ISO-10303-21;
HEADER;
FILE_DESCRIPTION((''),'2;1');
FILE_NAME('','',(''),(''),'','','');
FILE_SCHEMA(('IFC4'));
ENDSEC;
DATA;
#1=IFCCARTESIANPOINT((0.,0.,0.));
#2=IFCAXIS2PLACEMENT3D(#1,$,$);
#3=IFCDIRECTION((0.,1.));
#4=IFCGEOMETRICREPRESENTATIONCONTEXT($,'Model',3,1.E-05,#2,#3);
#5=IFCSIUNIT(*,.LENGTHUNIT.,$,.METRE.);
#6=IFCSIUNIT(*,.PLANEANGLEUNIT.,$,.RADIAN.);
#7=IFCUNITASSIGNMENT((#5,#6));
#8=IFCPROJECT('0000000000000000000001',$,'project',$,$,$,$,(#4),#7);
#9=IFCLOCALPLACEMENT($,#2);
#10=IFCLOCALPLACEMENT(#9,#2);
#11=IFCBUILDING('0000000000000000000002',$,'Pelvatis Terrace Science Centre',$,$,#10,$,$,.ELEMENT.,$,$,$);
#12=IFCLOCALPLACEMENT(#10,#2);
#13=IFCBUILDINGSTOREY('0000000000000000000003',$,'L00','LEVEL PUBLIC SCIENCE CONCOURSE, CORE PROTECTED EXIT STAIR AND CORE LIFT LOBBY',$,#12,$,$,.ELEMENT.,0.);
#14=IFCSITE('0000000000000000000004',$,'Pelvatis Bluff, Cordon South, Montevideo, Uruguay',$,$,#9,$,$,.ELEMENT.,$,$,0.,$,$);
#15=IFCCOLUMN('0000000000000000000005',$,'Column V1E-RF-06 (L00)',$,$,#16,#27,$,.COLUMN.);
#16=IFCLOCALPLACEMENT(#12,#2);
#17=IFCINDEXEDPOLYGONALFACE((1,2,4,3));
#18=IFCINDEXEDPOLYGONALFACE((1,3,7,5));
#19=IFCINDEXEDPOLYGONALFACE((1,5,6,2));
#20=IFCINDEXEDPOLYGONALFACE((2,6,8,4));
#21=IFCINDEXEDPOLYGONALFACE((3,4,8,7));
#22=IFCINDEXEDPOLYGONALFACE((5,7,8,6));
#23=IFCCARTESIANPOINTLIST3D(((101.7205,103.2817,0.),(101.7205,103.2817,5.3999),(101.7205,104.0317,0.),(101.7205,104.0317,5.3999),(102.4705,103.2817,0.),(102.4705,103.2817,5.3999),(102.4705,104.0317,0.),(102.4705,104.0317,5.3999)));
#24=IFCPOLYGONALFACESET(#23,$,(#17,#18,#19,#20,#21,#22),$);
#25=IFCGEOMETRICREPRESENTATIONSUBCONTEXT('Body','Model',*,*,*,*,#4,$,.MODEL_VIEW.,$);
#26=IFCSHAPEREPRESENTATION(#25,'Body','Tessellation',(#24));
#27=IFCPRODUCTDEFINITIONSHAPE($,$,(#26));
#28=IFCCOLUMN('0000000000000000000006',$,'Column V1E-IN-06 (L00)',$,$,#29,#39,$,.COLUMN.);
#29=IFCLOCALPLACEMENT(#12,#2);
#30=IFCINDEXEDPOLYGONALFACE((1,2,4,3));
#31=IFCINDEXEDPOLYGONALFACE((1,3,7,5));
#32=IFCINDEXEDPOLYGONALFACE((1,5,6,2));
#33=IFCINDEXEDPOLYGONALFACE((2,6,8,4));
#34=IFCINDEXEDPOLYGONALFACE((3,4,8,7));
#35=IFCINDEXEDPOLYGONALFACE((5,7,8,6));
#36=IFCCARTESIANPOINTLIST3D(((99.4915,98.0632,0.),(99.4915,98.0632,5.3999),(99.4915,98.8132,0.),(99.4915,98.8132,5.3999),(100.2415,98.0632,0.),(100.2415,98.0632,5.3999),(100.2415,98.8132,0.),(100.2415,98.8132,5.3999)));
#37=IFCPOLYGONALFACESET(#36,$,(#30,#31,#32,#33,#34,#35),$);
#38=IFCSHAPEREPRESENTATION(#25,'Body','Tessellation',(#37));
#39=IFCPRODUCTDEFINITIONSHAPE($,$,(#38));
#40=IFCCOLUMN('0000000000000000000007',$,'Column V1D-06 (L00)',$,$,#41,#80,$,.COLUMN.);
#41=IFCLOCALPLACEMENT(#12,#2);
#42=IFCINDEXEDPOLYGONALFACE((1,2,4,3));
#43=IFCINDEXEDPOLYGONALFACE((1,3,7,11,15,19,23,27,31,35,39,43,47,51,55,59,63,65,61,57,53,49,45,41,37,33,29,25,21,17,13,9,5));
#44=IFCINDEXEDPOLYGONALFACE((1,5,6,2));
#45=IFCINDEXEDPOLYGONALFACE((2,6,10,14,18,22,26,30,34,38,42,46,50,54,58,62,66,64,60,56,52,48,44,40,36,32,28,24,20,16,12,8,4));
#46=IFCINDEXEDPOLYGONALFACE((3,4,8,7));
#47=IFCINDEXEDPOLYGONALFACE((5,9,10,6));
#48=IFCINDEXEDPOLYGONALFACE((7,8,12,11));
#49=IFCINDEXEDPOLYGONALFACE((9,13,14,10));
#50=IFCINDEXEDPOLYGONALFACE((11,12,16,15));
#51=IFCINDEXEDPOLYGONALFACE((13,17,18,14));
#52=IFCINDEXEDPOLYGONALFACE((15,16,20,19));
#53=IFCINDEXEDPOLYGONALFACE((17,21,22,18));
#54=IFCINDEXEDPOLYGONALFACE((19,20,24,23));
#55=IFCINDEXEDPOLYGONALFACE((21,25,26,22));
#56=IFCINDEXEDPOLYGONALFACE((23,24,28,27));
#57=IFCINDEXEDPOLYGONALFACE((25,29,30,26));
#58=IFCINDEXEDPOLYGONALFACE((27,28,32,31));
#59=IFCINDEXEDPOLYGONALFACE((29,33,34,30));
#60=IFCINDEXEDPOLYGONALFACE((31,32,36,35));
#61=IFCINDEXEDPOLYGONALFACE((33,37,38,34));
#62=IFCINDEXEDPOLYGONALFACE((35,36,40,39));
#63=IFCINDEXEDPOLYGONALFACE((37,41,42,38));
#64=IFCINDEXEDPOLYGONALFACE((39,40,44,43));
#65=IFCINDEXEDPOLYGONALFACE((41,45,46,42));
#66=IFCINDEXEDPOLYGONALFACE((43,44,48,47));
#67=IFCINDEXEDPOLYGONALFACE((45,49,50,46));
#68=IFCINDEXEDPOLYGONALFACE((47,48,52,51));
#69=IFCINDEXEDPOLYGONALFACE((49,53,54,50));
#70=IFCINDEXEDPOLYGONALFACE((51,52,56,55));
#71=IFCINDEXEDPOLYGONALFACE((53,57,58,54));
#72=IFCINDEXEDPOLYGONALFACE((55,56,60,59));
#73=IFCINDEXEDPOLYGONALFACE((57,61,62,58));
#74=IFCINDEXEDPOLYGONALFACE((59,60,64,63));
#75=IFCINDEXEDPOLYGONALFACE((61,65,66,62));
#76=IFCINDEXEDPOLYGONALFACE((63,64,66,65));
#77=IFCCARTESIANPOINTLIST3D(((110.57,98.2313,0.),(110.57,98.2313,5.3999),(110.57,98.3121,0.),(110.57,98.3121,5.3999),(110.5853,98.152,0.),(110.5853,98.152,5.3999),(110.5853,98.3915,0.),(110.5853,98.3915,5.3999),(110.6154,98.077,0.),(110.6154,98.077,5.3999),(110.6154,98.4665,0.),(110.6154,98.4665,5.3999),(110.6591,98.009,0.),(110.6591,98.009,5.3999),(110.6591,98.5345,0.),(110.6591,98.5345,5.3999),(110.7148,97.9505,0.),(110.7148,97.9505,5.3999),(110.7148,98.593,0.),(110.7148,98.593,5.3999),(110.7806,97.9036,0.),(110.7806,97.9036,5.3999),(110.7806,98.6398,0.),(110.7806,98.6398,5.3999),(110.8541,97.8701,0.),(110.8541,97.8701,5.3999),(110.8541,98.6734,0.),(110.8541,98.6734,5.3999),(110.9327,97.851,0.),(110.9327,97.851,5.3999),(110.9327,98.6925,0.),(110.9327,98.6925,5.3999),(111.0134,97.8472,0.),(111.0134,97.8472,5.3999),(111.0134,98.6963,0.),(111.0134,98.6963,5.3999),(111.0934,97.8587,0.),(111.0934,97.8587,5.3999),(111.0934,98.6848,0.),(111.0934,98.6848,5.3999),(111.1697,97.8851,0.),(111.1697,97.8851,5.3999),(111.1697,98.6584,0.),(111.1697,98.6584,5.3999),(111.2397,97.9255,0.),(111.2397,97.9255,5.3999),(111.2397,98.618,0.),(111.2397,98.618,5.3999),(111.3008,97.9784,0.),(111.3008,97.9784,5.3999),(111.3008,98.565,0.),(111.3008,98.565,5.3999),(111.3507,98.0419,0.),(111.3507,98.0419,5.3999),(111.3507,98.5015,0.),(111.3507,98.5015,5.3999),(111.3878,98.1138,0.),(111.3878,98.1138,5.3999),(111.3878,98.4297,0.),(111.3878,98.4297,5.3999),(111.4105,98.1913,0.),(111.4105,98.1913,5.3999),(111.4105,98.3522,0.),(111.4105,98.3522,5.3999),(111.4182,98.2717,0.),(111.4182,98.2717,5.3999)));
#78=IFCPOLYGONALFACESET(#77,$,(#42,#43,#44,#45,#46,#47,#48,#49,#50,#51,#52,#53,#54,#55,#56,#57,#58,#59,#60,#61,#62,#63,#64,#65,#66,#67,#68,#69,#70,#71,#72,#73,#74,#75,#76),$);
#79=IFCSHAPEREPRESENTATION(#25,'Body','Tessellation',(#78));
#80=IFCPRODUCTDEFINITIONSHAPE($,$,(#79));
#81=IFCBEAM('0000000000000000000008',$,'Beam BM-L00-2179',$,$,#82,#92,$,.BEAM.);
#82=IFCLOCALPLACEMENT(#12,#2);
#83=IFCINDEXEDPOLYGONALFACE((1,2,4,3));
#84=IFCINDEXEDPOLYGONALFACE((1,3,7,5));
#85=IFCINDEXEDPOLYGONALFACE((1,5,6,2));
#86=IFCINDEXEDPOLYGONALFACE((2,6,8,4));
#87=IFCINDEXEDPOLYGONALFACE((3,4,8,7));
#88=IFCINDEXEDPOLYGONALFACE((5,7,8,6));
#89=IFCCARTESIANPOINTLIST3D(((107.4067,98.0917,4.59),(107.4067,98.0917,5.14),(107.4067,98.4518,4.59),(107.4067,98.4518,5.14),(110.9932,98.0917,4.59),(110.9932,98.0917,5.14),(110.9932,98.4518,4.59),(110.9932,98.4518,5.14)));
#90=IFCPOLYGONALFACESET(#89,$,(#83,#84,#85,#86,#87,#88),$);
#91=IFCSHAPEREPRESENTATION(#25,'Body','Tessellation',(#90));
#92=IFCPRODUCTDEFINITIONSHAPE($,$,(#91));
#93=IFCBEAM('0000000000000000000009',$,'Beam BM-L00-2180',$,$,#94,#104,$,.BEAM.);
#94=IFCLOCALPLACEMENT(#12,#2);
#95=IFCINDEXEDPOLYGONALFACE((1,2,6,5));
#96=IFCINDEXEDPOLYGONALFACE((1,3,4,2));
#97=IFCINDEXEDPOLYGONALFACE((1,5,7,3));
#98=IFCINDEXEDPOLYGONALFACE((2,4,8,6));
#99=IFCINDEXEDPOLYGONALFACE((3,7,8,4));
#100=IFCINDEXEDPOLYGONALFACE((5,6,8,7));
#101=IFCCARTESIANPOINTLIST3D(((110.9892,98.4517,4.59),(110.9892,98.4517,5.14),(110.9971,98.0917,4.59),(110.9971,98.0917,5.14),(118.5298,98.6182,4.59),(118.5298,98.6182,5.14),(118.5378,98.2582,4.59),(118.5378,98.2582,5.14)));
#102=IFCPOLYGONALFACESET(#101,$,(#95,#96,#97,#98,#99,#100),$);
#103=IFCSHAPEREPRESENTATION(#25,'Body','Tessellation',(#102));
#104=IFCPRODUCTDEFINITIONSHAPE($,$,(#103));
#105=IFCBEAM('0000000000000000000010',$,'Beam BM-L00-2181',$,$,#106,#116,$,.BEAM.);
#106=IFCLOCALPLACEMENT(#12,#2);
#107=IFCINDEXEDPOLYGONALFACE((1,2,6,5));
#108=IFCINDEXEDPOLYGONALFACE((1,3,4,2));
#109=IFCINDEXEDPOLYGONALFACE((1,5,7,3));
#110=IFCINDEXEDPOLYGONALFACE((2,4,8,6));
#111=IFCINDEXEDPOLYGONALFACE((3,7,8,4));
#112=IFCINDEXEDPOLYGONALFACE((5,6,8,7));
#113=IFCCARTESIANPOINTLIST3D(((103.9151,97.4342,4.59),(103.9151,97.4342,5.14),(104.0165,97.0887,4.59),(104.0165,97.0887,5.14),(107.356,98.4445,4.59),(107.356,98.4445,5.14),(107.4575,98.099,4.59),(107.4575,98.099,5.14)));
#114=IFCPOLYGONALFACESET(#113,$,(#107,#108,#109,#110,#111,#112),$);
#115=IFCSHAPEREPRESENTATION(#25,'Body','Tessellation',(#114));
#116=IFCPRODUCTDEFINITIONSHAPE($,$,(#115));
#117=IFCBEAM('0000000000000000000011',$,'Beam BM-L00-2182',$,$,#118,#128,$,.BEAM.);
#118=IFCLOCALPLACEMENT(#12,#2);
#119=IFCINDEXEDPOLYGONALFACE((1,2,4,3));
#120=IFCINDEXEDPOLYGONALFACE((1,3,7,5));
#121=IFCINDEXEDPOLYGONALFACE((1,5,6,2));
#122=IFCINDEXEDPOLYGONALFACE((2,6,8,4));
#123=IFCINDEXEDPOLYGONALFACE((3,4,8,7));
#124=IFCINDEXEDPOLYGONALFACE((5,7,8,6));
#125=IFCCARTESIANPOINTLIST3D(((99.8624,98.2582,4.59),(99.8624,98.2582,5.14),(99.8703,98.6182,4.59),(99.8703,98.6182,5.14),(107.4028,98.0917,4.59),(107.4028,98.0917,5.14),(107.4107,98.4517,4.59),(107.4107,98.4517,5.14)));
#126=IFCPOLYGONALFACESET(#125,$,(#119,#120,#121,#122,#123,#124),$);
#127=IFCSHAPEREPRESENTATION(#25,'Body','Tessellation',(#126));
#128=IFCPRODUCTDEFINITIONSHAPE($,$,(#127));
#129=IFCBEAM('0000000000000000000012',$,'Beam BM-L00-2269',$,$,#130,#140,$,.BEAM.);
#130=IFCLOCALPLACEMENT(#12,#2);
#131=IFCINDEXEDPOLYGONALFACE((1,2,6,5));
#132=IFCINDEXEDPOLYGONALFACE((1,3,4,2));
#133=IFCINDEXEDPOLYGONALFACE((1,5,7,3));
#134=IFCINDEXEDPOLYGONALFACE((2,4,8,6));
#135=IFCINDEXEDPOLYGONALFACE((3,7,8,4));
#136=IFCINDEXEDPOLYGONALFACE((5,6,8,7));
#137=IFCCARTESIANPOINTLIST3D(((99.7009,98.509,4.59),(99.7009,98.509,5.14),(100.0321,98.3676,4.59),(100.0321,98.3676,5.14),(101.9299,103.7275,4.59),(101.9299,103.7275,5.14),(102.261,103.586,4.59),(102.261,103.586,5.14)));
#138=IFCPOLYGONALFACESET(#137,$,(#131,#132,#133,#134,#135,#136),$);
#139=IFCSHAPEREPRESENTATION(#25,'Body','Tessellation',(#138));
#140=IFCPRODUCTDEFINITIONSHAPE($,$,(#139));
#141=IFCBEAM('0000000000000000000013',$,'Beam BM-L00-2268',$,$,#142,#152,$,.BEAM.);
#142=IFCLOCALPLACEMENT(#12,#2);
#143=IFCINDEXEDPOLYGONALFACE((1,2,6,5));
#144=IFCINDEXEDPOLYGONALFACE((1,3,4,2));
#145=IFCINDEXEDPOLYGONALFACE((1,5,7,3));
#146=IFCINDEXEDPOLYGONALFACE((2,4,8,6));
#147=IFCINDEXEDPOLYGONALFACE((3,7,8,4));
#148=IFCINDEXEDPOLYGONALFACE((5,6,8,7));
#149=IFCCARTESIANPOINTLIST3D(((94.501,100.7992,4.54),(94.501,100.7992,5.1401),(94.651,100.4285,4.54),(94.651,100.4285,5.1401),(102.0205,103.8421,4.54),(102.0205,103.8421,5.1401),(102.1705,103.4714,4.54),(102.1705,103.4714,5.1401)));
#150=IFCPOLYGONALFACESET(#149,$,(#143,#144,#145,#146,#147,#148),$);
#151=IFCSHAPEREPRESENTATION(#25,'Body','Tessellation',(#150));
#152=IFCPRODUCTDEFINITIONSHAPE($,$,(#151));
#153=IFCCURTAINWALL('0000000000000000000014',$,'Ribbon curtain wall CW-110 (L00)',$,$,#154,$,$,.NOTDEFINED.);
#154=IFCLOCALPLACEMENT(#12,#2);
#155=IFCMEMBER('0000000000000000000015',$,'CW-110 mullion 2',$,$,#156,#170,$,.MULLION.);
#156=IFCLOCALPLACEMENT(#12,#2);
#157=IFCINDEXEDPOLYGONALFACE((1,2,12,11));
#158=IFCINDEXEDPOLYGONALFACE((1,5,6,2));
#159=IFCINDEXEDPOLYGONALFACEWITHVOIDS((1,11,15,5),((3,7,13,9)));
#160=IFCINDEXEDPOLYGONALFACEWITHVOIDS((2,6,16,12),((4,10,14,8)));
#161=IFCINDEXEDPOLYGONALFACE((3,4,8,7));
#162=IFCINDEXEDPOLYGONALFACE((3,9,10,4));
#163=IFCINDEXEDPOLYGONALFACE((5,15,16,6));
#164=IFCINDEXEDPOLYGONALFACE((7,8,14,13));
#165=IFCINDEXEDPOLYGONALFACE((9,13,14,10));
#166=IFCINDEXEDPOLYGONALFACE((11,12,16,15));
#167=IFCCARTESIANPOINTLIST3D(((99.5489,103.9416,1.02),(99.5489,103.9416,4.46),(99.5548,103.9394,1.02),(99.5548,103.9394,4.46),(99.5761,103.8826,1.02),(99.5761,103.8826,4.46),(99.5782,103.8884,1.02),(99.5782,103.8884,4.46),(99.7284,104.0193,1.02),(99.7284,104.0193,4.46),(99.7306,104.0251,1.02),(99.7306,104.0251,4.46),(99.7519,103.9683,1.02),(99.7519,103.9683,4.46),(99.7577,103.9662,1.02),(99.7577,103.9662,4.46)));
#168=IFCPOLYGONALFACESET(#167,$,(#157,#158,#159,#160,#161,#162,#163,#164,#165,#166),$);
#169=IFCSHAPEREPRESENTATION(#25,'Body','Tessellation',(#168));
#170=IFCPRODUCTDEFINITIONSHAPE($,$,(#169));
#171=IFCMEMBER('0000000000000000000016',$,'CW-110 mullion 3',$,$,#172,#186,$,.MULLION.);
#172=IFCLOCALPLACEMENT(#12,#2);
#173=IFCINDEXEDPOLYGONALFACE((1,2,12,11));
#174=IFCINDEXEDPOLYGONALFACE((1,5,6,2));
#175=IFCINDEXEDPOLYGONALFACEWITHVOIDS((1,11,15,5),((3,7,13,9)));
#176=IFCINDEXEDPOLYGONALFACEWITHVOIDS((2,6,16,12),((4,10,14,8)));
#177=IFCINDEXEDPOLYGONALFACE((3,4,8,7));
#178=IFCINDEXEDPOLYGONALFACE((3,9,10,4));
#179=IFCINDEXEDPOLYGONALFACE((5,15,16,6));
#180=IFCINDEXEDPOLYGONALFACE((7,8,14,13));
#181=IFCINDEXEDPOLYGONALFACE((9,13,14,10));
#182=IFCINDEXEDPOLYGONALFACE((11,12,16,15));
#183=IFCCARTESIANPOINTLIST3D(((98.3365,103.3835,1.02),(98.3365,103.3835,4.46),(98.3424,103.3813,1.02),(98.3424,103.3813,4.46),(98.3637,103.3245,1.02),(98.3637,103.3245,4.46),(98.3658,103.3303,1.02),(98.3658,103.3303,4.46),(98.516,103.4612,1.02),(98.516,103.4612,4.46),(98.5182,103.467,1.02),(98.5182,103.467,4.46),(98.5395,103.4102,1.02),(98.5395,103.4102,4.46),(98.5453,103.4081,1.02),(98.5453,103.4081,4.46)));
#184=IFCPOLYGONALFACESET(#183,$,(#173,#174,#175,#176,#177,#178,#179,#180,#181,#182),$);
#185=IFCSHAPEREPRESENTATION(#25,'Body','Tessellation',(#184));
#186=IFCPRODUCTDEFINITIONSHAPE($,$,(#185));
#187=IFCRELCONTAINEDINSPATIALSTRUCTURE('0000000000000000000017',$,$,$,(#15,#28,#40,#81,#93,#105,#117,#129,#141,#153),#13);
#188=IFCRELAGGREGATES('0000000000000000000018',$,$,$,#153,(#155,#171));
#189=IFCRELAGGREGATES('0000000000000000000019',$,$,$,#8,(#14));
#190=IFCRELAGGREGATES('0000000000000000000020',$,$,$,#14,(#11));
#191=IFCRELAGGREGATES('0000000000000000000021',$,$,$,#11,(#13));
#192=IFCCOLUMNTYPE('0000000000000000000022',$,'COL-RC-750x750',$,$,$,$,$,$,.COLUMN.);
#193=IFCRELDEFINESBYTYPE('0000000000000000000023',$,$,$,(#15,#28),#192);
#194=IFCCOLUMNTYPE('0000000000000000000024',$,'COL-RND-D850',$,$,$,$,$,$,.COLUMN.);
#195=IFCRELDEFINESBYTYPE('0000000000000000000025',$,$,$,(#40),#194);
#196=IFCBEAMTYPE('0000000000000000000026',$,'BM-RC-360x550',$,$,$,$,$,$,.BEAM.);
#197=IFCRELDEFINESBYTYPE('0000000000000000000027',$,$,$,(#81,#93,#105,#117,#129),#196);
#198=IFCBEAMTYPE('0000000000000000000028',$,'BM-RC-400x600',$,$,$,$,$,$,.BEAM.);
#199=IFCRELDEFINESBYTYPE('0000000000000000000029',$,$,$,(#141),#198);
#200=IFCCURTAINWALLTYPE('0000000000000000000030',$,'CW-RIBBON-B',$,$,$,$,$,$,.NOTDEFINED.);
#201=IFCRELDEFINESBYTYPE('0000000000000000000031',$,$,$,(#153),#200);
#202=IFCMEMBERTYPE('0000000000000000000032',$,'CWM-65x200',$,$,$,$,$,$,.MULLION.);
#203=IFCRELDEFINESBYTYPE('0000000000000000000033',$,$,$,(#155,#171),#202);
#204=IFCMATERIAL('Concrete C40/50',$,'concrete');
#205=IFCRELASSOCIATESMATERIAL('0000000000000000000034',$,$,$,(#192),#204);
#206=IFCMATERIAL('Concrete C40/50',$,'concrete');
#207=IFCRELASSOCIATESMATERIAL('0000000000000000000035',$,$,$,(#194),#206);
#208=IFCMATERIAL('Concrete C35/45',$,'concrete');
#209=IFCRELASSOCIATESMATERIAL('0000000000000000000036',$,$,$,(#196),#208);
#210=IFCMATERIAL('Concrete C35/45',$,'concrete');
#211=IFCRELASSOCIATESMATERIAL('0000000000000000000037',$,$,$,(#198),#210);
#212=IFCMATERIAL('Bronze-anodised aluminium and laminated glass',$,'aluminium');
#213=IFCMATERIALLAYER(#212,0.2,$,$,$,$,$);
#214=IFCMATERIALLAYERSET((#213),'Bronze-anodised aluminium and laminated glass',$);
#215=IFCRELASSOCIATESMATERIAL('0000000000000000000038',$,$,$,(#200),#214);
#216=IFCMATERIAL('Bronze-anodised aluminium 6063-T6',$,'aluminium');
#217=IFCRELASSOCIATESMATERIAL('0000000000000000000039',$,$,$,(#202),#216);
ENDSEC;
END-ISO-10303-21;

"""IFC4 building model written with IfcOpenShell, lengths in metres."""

from ifc_helpers import new_model, si_unit, direction, frame, origin, origin_2d, place, context, subcontext, project, spatial, rectangle, hollow_rectangle, circle, extrude, material, layer, layer_set, material_profile, profile_set, type_object, element, aggregate, save


model = new_model("IFC4")

# Units and contexts
model_context = context("Model", 3, precision=1e-05, world=origin(), true_north=direction((0.0, 1.0)))
body_context = subcontext(model_context, "Body", "Model", "MODEL_VIEW")
ifc_project = project(units=[si_unit("LENGTHUNIT", "METRE"), si_unit("PLANEANGLEUNIT", "RADIAN")], contexts=[model_context])

# Site, building, storey
site_placement = place(None, origin())
site = spatial("IfcSite", under=ifc_project, at=site_placement, Name="Pelvatis Bluff, Cordon South, Montevideo, Uruguay", CompositionType="ELEMENT", RefElevation=0.0)
building_placement = place(site_placement, origin())
building = spatial("IfcBuilding", under=site, at=building_placement, Name="Pelvatis Terrace Science Centre", CompositionType="ELEMENT")
storey_placement = place(building_placement, origin())
storey = spatial("IfcBuildingStorey", under=building, at=storey_placement, Name="L00", Description="LEVEL PUBLIC SCIENCE CONCOURSE, CORE PROTECTED EXIT STAIR AND CORE LIFT LOBBY", CompositionType="ELEMENT", Elevation=0.0)

# Columns
ifc_material_1 = material(Name="Concrete C40/50", Category="concrete")
ifc_material_profile_1 = material_profile(ifc_material_1, rectangle(XDim=0.75, YDim=0.75, at=origin_2d()), Name="RC-COL 750x750")
ifc_profile_set_1 = profile_set([ifc_material_profile_1], Name="Concrete C40/50")
column_type_1 = type_object("IfcColumnType", Name="COL-RC-750x750", PredefinedType="COLUMN", material=ifc_profile_set_1)
for number, where, z_axis, x_axis, name in (
    (1, (102.0955, 103.6567, 0.0), (0.0, 0.0, 1.0), (1.0, 0.0, 0.0), "Column V1E-RF-06 (L00)"),
    (2, (99.8665, 98.4382, 0.0), (0.0, 0.0, 1.0), (1.0, 0.0, 0.0), "Column V1E-IN-06 (L00)"),
):
    element("IfcColumn", number, at=place(storey_placement, frame(where, z_axis=z_axis, x_axis=x_axis)), inside=storey, type_object=column_type_1, Name=name, PredefinedType="COLUMN", context=body_context, shape_type="SweptSolid", body=[
        extrude(rectangle(XDim=0.75, YDim=0.75, at=origin_2d()), origin(), (0.0, 0.0, 1.0), 5.3999),
    ])
ifc_material_2 = material(Name="Concrete C40/50", Category="concrete")
ifc_material_profile_2 = material_profile(ifc_material_2, circle(Radius=0.425, at=origin_2d()), Name="RC-RCOL D850")
ifc_profile_set_2 = profile_set([ifc_material_profile_2], Name="Concrete C40/50")
column_type_2 = type_object("IfcColumnType", Name="COL-RND-D850", PredefinedType="COLUMN", material=ifc_profile_set_2)
column_placement = place(storey_placement, frame((110.9932, 98.2717, 0.0), z_axis=(0.0, 0.0, 1.0), x_axis=(1.0, 0.0, 0.0)))
element("IfcColumn", 3, at=column_placement, inside=storey, type_object=column_type_2, Name="Column V1D-06 (L00)", PredefinedType="COLUMN", context=body_context, shape_type="SweptSolid", body=[
    extrude(circle(Radius=0.425, at=origin_2d()), origin(), (0.0, 0.0, 1.0), 5.3999),
])

# Beams
ifc_material_3 = material(Name="Concrete C35/45", Category="concrete")
ifc_material_profile_3 = material_profile(ifc_material_3, rectangle(XDim=0.3601, YDim=0.55, at=origin_2d()), Name="RC-BM 360x550")
ifc_profile_set_3 = profile_set([ifc_material_profile_3], Name="Concrete C35/45")
beam_type_1 = type_object("IfcBeamType", Name="BM-RC-360x550", PredefinedType="BEAM", material=ifc_profile_set_3)
beam_1_placement = place(storey_placement, frame((110.9932, 98.2717, 4.865), z_axis=(-1.0, 0.0, 0.0), x_axis=(0.0, -1.0, 0.0)))
element("IfcBeam", 4, at=beam_1_placement, inside=storey, type_object=beam_type_1, Name="Beam BM-L00-2179", PredefinedType="BEAM", context=body_context, shape_type="SweptSolid", body=[
    extrude(rectangle(XDim=0.3601, YDim=0.55, at=origin_2d()), origin(), (0.0, 0.0, 1.0), 3.5864),
])
beam_2_placement = place(storey_placement, frame((110.9932, 98.2717, 4.865), z_axis=(0.999756, 0.022076, 0.0), x_axis=(-0.022076, 0.999756, 0.0)))
element("IfcBeam", 5, at=beam_2_placement, inside=storey, type_object=beam_type_1, Name="Beam BM-L00-2180", PredefinedType="BEAM", context=body_context, shape_type="SweptSolid", body=[
    extrude(rectangle(XDim=0.3601, YDim=0.55, at=origin_2d()), origin(), (0.0, 0.0, 1.0), 7.5425),
])
beam_3_placement = place(storey_placement, frame((107.4067, 98.2717, 4.865), z_axis=(-0.9595, -0.281709, 0.0), x_axis=(0.281709, -0.9595, 0.0)))
element("IfcBeam", 6, at=beam_3_placement, inside=storey, type_object=beam_type_1, Name="Beam BM-L00-2181", PredefinedType="BEAM", context=body_context, shape_type="SweptSolid", body=[
    extrude(rectangle(XDim=0.3601, YDim=0.55, at=origin_2d()), origin(), (0.0, 0.0, 1.0), 3.5862),
])
beam_4_placement = place(storey_placement, frame((107.4067, 98.2717, 4.865), z_axis=(-0.999756, 0.022077, 0.0), x_axis=(-0.022077, -0.999756, 0.0)))
element("IfcBeam", 7, at=beam_4_placement, inside=storey, type_object=beam_type_1, Name="Beam BM-L00-2182", PredefinedType="BEAM", context=body_context, shape_type="SweptSolid", body=[
    extrude(rectangle(XDim=0.3601, YDim=0.55, at=origin_2d()), origin(), (0.0, 0.0, 1.0), 7.5422),
])
beam_5_placement = place(storey_placement, frame((102.0955, 103.6567, 4.865), z_axis=(-0.392803, -0.919623, 0.0), x_axis=(0.919623, -0.392803, 0.0)))
element("IfcBeam", 8, at=beam_5_placement, inside=storey, type_object=beam_type_1, Name="Beam BM-L00-2269", PredefinedType="BEAM", context=body_context, shape_type="SweptSolid", body=[
    extrude(rectangle(XDim=0.3601, YDim=0.55, at=origin_2d()), origin(), (0.0, 0.0, 1.0), 5.6746),
])
ifc_material_4 = material(Name="Concrete C35/45", Category="concrete")
ifc_material_profile_4 = material_profile(ifc_material_4, rectangle(XDim=0.3999, YDim=0.6001, at=origin_2d()), Name="RC-BM 400x600")
ifc_profile_set_4 = profile_set([ifc_material_profile_4], Name="Concrete C35/45")
beam_type_2 = type_object("IfcBeamType", Name="BM-RC-400x600", PredefinedType="BEAM", material=ifc_profile_set_4)
beam_6_placement = place(storey_placement, frame((102.0955, 103.6567, 4.8401), z_axis=(-0.926975, -0.375124, 0.0), x_axis=(0.375124, -0.926975, 0.0)))
element("IfcBeam", 9, at=beam_6_placement, inside=storey, type_object=beam_type_2, Name="Beam BM-L00-2268", PredefinedType="BEAM", context=body_context, shape_type="SweptSolid", body=[
    extrude(rectangle(XDim=0.3999, YDim=0.6001, at=origin_2d()), origin(), (0.0, 0.0, 1.0), 8.1118),
])

# Curtain wall, members
ifc_material_5 = material(Name="Bronze-anodised aluminium and laminated glass", Category="aluminium")
ifc_layer_1 = layer(ifc_material_5, 0.2)
ifc_layer_set_1 = layer_set([ifc_layer_1], Name="Bronze-anodised aluminium and laminated glass")
curtain_wall_type = type_object("IfcCurtainWallType", Name="CW-RIBBON-B", PredefinedType="NOTDEFINED", material=ifc_layer_set_1)
curtain_wall_placement = place(storey_placement, origin())
curtain_wall = element("IfcCurtainWall", 10, at=curtain_wall_placement, inside=storey, type_object=curtain_wall_type, Name="Ribbon curtain wall CW-110 (L00)", PredefinedType="NOTDEFINED")
ifc_material_6 = material(Name="Bronze-anodised aluminium 6063-T6", Category="aluminium")
ifc_material_profile_5 = material_profile(ifc_material_6, hollow_rectangle(XDim=0.0649, YDim=0.2, WallThickness=0.0044, at=origin_2d()), Name="ALU-MUL 65x200")
ifc_profile_set_5 = profile_set([ifc_material_profile_5], Name="Bronze-anodised aluminium 6063-T6")
member_type_1 = type_object("IfcMemberType", Name="CWM-65x200", PredefinedType="MULLION", material=ifc_profile_set_5)
member_1_placement = place(storey_placement, frame((99.6533, 103.9539, 1.02), z_axis=(0.0, 0.0, 1.0), x_axis=(0.418057, -0.908421, 0.0)))
member_1 = element("IfcMember", 11, at=member_1_placement, type_object=member_type_1, Name="CW-110 mullion 2", PredefinedType="MULLION", context=body_context, shape_type="SweptSolid", body=[
    extrude(hollow_rectangle(XDim=0.0649, YDim=0.2, WallThickness=0.0044, at=origin_2d()), origin(), (0.0, 0.0, 1.0), 3.4399),
])
member_2_placement = place(storey_placement, frame((98.4409, 103.3958, 1.02), z_axis=(0.0, 0.0, 1.0), x_axis=(0.418057, -0.908421, 0.0)))
member_2 = element("IfcMember", 12, at=member_2_placement, type_object=member_type_1, Name="CW-110 mullion 3", PredefinedType="MULLION", context=body_context, shape_type="SweptSolid", body=[
    extrude(hollow_rectangle(XDim=0.0649, YDim=0.2, WallThickness=0.0044, at=origin_2d()), origin(), (0.0, 0.0, 1.0), 3.4399),
])
aggregate(curtain_wall, [member_1, member_2])

save(model, "model.ifc")
